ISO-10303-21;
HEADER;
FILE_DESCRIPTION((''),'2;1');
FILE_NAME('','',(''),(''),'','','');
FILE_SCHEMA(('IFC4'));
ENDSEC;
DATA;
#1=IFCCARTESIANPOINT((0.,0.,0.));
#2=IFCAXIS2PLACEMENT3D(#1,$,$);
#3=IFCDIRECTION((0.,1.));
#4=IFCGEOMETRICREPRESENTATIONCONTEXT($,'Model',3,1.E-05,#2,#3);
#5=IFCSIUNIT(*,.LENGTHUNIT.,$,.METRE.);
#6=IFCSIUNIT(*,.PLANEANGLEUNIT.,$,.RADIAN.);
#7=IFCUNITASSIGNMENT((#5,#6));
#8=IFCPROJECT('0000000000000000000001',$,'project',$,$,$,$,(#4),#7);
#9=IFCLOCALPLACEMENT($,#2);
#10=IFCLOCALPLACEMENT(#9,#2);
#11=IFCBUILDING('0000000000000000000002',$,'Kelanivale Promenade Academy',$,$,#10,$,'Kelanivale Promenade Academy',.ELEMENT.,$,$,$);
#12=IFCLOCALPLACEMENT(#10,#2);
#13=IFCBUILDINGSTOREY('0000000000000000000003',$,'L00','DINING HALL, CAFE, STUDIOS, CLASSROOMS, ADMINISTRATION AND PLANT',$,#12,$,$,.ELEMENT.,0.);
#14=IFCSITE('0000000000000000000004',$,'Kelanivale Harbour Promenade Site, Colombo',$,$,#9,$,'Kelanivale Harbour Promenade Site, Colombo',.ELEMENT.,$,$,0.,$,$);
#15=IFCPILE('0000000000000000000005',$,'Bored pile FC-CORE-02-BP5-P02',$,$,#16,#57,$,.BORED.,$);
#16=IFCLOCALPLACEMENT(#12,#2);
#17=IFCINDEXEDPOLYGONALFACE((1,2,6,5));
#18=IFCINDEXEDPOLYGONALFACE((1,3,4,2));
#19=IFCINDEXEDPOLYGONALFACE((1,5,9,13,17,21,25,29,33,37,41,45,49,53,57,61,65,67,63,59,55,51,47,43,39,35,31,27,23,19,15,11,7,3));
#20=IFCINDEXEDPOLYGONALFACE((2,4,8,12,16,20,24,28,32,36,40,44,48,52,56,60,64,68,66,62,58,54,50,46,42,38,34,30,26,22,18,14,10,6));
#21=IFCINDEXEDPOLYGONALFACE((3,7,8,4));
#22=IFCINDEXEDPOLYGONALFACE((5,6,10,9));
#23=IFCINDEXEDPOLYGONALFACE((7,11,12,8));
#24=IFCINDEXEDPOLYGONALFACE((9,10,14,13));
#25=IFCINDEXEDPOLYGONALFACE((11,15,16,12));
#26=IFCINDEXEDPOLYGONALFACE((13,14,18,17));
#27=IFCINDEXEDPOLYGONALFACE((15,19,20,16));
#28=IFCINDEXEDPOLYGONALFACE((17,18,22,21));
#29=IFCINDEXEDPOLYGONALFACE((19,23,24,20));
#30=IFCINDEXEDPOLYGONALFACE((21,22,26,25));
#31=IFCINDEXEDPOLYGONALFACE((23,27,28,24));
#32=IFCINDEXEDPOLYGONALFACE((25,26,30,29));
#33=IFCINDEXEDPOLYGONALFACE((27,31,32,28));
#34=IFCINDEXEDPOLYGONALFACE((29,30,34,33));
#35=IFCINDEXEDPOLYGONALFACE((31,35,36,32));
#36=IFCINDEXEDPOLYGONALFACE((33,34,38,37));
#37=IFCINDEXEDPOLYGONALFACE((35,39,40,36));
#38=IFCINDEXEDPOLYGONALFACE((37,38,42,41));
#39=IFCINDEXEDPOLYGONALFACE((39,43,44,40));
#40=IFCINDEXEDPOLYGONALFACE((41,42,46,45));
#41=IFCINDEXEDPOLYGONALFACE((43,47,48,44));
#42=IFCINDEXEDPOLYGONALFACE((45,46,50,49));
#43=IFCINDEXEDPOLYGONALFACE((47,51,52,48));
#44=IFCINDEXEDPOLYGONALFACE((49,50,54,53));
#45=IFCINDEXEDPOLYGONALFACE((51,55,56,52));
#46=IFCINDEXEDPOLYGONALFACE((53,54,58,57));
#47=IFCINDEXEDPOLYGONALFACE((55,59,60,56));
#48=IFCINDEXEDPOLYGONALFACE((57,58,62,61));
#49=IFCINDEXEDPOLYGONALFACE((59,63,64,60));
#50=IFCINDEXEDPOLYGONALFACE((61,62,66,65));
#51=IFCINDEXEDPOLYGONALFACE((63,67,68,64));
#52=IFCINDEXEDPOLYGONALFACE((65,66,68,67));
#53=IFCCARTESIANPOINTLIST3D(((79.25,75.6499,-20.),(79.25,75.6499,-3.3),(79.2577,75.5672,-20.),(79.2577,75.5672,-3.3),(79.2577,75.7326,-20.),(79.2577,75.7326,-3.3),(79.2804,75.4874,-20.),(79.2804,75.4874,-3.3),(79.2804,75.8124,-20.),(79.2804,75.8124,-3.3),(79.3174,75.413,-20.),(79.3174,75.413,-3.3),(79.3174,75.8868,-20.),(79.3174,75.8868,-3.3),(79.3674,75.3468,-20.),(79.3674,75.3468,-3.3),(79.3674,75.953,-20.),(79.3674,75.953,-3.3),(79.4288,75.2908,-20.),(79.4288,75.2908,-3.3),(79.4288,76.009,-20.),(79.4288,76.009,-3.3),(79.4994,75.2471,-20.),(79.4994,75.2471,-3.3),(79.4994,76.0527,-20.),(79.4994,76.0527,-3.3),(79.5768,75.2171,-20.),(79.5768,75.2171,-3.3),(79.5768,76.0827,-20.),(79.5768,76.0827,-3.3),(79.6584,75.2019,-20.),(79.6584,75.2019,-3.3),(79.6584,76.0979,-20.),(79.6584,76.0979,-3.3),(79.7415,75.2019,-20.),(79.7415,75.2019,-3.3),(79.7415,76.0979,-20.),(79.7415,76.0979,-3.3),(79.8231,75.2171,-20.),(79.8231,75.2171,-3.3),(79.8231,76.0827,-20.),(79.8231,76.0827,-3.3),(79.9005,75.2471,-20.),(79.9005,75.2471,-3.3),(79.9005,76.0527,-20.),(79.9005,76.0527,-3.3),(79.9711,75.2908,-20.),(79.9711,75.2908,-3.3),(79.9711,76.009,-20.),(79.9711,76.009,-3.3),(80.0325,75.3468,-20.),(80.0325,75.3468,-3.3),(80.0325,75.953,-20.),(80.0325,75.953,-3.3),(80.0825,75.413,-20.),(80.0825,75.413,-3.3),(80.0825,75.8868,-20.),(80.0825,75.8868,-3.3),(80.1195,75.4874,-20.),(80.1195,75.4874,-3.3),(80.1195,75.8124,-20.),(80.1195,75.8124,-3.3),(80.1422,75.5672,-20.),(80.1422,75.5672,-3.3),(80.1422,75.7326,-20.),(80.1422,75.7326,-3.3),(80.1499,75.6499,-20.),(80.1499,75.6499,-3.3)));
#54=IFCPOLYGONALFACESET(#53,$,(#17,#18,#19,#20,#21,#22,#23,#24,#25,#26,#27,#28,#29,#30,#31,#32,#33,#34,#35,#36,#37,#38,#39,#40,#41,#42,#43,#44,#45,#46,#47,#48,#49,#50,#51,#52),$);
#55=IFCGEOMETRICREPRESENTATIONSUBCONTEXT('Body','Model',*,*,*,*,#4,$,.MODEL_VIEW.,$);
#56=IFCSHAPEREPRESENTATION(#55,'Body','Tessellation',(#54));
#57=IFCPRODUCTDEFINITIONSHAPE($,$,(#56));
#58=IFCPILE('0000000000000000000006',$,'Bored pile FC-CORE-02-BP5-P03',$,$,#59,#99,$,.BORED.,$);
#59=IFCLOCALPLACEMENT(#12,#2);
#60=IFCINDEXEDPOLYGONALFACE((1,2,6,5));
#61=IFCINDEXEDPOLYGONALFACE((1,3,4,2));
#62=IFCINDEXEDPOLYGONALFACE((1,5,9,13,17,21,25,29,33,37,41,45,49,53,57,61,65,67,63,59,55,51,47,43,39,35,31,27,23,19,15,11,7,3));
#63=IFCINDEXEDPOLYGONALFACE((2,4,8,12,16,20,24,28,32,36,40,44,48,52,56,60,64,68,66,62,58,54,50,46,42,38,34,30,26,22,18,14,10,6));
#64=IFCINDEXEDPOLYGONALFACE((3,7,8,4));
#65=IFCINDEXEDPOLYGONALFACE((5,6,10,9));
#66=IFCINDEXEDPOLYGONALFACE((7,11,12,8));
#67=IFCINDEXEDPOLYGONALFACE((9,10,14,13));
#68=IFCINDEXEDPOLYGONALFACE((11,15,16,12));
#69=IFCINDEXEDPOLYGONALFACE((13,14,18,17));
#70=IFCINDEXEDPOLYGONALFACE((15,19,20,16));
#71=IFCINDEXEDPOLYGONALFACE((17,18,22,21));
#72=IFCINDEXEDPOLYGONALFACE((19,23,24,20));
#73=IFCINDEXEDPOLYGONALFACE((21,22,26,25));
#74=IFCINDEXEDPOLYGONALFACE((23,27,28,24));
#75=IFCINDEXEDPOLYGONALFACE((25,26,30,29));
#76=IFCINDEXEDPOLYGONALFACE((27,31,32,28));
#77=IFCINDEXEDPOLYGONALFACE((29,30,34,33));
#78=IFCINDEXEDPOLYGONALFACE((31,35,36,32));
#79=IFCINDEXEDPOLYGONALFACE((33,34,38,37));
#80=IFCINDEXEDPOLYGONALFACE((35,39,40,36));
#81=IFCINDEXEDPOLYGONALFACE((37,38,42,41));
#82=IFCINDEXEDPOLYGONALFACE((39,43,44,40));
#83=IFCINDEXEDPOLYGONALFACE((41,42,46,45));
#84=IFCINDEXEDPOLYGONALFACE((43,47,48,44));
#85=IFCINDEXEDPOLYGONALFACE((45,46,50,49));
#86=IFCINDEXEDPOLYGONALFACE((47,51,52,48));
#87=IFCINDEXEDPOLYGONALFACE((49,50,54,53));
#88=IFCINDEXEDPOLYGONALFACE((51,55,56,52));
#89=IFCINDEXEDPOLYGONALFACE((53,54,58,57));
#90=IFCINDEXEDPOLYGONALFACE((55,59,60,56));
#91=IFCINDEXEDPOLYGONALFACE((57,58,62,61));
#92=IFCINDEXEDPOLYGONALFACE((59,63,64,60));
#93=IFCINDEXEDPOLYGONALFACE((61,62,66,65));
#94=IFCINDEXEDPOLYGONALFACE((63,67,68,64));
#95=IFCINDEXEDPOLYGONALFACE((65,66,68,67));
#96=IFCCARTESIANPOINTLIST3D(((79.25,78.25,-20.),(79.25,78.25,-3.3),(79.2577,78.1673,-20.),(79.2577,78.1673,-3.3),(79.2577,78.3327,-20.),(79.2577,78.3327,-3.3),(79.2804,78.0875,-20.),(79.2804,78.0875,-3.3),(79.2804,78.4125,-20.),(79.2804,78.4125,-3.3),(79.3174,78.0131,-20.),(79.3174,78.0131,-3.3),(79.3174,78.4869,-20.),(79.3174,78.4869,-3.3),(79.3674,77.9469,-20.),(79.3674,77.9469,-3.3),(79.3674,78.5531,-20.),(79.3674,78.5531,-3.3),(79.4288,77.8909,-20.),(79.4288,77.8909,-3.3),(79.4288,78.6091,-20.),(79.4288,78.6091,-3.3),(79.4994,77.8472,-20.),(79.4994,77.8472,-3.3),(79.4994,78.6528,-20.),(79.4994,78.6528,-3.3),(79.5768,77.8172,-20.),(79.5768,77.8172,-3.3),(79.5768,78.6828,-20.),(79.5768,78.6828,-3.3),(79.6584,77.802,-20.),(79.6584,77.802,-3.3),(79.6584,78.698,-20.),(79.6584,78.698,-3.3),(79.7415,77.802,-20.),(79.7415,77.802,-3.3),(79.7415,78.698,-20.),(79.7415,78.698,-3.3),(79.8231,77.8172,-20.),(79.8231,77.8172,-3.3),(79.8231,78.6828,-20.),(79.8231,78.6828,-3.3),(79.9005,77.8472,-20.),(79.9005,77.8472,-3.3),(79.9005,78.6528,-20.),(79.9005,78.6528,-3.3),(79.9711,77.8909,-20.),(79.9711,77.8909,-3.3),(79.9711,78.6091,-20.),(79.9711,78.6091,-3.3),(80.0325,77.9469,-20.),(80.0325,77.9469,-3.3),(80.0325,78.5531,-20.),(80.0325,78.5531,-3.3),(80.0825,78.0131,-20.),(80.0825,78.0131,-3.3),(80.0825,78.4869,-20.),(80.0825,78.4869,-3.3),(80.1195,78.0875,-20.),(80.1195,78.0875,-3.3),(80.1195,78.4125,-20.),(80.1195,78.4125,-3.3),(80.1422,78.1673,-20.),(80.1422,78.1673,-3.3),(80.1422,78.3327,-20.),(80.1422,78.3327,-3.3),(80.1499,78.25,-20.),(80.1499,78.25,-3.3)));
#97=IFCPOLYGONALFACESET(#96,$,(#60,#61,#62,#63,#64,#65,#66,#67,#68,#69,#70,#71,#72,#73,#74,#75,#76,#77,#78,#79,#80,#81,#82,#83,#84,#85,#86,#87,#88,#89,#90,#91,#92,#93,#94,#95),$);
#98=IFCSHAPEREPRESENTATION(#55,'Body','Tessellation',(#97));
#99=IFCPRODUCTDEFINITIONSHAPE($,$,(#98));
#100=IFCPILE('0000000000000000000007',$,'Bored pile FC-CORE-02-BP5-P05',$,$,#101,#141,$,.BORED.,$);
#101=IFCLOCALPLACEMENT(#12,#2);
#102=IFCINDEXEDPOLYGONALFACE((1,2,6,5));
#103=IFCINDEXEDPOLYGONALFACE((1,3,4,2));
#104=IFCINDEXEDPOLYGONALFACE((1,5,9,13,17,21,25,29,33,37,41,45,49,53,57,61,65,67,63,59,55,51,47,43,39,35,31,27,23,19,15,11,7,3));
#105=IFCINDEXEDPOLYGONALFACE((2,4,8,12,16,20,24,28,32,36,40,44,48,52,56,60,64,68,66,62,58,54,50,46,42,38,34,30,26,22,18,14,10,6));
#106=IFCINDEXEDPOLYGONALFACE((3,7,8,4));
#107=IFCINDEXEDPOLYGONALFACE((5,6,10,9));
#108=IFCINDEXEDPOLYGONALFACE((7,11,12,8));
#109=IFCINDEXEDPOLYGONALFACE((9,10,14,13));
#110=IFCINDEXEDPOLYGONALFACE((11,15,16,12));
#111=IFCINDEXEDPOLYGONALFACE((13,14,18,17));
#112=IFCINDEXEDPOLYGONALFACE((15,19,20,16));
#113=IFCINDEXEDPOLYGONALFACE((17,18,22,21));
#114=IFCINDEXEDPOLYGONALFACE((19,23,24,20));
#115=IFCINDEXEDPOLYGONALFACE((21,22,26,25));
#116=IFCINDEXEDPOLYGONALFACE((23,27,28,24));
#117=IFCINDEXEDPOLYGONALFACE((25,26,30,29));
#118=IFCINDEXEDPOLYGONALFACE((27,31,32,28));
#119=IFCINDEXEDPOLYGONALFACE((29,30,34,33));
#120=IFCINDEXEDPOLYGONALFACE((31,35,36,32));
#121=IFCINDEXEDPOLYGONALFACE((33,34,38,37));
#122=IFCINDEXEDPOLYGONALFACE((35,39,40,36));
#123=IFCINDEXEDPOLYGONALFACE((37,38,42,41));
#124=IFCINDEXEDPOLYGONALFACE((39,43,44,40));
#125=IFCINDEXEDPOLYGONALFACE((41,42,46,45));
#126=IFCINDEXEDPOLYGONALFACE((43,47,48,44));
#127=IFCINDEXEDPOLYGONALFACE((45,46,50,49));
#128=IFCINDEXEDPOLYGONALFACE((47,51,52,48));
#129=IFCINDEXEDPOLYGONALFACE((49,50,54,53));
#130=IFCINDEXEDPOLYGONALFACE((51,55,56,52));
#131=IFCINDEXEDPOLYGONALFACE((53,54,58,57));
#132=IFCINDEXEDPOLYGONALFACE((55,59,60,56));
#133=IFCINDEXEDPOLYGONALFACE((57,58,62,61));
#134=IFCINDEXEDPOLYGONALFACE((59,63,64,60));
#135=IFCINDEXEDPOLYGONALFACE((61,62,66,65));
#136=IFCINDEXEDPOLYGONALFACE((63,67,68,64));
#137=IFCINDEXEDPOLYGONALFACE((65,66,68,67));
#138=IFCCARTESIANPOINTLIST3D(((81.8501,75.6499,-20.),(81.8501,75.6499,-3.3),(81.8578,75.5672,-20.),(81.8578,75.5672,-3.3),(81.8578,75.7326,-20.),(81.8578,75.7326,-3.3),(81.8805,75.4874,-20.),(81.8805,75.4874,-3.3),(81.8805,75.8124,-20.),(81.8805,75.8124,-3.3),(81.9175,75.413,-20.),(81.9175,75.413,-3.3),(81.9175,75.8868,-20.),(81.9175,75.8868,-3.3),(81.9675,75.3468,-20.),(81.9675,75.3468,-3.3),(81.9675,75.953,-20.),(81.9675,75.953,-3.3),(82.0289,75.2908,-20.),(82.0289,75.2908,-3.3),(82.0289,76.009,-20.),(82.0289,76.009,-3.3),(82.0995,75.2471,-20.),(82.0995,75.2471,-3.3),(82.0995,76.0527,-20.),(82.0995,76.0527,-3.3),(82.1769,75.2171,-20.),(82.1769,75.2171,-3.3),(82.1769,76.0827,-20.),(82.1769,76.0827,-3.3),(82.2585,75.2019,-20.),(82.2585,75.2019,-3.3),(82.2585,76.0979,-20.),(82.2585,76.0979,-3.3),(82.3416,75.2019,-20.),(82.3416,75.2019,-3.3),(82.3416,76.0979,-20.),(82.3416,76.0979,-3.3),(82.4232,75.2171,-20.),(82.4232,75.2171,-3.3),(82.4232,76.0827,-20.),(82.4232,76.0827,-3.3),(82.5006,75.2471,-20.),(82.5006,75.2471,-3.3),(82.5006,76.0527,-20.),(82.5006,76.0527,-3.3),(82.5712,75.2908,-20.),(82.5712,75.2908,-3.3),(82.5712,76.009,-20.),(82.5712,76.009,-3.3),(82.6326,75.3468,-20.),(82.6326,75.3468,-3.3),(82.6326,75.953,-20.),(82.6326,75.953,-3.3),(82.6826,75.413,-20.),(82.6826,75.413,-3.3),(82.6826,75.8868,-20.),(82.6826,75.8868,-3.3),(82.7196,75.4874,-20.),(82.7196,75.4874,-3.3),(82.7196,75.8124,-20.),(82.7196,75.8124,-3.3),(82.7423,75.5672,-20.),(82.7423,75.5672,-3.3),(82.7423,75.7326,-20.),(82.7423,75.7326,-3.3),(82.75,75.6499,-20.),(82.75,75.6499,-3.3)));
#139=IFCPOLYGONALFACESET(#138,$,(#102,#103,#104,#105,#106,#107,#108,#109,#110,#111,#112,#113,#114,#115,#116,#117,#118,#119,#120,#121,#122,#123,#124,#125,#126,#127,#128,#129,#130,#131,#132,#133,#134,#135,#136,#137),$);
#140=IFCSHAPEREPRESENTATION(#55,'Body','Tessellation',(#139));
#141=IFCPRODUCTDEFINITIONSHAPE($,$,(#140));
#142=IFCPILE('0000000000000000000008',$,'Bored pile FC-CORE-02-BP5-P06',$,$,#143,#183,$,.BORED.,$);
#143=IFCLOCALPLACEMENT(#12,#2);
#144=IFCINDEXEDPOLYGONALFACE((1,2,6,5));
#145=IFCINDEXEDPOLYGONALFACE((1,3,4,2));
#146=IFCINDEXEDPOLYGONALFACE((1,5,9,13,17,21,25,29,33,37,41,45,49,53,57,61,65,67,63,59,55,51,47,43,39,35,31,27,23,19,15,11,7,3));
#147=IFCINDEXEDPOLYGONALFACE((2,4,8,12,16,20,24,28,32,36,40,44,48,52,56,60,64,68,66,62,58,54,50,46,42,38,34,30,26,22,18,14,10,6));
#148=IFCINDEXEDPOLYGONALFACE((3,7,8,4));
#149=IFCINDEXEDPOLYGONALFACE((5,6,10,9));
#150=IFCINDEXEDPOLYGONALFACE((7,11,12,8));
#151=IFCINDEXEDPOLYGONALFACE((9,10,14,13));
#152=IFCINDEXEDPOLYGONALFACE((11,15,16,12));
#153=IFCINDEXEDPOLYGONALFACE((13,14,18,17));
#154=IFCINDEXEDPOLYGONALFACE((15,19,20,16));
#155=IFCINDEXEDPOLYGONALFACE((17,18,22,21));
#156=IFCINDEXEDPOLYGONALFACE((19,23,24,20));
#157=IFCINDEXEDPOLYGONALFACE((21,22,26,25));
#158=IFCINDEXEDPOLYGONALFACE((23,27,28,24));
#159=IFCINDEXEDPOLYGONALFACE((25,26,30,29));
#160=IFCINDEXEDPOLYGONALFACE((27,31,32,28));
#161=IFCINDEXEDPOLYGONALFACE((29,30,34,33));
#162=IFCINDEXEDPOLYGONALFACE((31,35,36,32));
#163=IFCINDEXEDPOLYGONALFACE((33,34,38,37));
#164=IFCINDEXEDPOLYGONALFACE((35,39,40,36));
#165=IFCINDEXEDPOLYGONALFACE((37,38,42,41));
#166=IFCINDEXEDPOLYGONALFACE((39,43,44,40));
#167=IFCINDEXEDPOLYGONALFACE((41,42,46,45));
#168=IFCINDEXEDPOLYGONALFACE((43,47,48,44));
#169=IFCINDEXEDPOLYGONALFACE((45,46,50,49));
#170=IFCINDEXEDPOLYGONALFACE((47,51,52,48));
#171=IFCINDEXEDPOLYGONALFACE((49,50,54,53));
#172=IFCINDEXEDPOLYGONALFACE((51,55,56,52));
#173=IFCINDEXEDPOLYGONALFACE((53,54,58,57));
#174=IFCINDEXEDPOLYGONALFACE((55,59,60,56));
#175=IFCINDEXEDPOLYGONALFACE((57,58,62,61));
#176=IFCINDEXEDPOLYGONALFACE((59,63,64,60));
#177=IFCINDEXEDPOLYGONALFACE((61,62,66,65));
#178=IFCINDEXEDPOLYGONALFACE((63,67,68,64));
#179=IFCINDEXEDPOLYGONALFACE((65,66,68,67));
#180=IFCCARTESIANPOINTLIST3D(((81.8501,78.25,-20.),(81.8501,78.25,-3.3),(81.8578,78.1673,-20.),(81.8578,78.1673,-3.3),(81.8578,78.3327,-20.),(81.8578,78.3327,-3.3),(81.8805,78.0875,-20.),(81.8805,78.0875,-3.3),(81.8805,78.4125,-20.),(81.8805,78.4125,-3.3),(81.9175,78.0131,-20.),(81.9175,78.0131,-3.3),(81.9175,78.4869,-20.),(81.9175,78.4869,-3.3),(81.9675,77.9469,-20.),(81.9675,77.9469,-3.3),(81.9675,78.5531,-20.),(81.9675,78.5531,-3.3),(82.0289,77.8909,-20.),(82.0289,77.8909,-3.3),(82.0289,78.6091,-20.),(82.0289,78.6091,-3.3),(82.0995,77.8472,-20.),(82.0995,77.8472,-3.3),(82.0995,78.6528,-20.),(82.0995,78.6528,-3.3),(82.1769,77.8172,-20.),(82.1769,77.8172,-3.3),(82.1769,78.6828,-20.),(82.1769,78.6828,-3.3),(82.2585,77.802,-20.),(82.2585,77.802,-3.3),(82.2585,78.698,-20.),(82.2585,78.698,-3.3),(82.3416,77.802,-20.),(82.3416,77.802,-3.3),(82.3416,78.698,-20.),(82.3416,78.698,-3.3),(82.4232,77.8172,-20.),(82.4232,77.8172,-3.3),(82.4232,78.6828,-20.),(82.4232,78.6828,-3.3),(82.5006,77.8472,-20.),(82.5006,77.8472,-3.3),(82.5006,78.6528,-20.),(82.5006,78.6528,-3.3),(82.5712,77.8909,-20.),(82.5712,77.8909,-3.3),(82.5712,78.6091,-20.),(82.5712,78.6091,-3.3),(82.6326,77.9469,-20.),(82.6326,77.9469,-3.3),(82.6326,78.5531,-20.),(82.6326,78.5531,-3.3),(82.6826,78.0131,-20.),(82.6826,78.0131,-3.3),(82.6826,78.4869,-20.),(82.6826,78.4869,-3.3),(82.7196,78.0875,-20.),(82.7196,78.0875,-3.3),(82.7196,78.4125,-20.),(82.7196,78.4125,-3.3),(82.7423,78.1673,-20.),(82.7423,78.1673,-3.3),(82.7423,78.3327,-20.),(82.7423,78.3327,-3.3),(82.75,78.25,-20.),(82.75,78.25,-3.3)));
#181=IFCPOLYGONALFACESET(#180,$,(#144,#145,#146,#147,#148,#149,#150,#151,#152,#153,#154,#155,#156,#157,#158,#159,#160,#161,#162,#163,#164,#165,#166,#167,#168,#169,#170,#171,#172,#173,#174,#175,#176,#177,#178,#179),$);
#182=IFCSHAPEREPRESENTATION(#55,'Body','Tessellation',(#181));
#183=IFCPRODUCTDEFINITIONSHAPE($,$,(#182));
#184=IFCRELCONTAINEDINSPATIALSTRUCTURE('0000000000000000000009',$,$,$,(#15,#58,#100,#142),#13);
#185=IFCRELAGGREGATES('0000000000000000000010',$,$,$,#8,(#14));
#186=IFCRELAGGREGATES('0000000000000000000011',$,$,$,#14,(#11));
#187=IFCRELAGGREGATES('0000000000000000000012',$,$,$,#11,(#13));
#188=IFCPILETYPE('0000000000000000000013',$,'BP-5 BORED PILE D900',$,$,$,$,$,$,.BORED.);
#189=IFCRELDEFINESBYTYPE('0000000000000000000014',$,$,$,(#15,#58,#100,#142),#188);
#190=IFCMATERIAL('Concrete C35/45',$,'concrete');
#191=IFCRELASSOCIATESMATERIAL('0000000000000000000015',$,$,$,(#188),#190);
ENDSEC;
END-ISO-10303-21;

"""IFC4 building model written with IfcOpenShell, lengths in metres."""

from ifc_helpers import new_model, si_unit, direction, frame, origin, origin_2d, place, context, subcontext, project, spatial, circle, extrude, material, material_profile, profile_set, type_object, element, save


model = new_model("IFC4")

# Units and contexts
model_context = context("Model", 3, precision=1e-05, world=origin(), true_north=direction((0.0, 1.0)))
body_context = subcontext(model_context, "Body", "Model", "MODEL_VIEW")
ifc_project = project(units=[si_unit("LENGTHUNIT", "METRE"), si_unit("PLANEANGLEUNIT", "RADIAN")], contexts=[model_context])

# Site, building, storey
site_placement = place(None, origin())
site = spatial("IfcSite", under=ifc_project, at=site_placement, Name="Kelanivale Harbour Promenade Site, Colombo", LongName="Kelanivale Harbour Promenade Site, Colombo", CompositionType="ELEMENT", RefElevation=0.0)
building_placement = place(site_placement, origin())
building = spatial("IfcBuilding", under=site, at=building_placement, Name="Kelanivale Promenade Academy", LongName="Kelanivale Promenade Academy", CompositionType="ELEMENT")
storey_placement = place(building_placement, origin())
storey = spatial("IfcBuildingStorey", under=building, at=storey_placement, Name="L00", Description="DINING HALL, CAFE, STUDIOS, CLASSROOMS, ADMINISTRATION AND PLANT", CompositionType="ELEMENT", Elevation=0.0)

# Piles
ifc_material_1 = material(Name="Concrete C35/45", Category="concrete")
ifc_material_profile_1 = material_profile(ifc_material_1, circle(Radius=0.45, at=origin_2d()), Name="BORED PILE D900")
ifc_profile_set_1 = profile_set([ifc_material_profile_1], Name="Concrete C35/45")
pile_type = type_object("IfcPileType", Name="BP-5 BORED PILE D900", PredefinedType="BORED", material=ifc_profile_set_1)
for number, where, z_axis, x_axis, name in (
    (1, (79.7, 75.6499, -3.3), (0.0, 0.0, -1.0), (1.0, 0.0, 0.0), "Bored pile FC-CORE-02-BP5-P02"),
    (2, (79.7, 78.25, -3.3), (0.0, 0.0, -1.0), (1.0, 0.0, 0.0), "Bored pile FC-CORE-02-BP5-P03"),
    (3, (82.3, 75.6499, -3.3), (0.0, 0.0, -1.0), (1.0, 0.0, 0.0), "Bored pile FC-CORE-02-BP5-P05"),
    (4, (82.3, 78.25, -3.3), (0.0, 0.0, -1.0), (1.0, 0.0, 0.0), "Bored pile FC-CORE-02-BP5-P06"),
):
    element("IfcPile", number, at=place(storey_placement, frame(where, z_axis=z_axis, x_axis=x_axis)), inside=storey, type_object=pile_type, Name=name, PredefinedType="BORED", context=body_context, shape_type="SweptSolid", body=[
        extrude(circle(Radius=0.45, at=origin_2d()), origin(), (0.0, 0.0, 1.0), 16.7),
    ])

save(model, "model.ifc")
